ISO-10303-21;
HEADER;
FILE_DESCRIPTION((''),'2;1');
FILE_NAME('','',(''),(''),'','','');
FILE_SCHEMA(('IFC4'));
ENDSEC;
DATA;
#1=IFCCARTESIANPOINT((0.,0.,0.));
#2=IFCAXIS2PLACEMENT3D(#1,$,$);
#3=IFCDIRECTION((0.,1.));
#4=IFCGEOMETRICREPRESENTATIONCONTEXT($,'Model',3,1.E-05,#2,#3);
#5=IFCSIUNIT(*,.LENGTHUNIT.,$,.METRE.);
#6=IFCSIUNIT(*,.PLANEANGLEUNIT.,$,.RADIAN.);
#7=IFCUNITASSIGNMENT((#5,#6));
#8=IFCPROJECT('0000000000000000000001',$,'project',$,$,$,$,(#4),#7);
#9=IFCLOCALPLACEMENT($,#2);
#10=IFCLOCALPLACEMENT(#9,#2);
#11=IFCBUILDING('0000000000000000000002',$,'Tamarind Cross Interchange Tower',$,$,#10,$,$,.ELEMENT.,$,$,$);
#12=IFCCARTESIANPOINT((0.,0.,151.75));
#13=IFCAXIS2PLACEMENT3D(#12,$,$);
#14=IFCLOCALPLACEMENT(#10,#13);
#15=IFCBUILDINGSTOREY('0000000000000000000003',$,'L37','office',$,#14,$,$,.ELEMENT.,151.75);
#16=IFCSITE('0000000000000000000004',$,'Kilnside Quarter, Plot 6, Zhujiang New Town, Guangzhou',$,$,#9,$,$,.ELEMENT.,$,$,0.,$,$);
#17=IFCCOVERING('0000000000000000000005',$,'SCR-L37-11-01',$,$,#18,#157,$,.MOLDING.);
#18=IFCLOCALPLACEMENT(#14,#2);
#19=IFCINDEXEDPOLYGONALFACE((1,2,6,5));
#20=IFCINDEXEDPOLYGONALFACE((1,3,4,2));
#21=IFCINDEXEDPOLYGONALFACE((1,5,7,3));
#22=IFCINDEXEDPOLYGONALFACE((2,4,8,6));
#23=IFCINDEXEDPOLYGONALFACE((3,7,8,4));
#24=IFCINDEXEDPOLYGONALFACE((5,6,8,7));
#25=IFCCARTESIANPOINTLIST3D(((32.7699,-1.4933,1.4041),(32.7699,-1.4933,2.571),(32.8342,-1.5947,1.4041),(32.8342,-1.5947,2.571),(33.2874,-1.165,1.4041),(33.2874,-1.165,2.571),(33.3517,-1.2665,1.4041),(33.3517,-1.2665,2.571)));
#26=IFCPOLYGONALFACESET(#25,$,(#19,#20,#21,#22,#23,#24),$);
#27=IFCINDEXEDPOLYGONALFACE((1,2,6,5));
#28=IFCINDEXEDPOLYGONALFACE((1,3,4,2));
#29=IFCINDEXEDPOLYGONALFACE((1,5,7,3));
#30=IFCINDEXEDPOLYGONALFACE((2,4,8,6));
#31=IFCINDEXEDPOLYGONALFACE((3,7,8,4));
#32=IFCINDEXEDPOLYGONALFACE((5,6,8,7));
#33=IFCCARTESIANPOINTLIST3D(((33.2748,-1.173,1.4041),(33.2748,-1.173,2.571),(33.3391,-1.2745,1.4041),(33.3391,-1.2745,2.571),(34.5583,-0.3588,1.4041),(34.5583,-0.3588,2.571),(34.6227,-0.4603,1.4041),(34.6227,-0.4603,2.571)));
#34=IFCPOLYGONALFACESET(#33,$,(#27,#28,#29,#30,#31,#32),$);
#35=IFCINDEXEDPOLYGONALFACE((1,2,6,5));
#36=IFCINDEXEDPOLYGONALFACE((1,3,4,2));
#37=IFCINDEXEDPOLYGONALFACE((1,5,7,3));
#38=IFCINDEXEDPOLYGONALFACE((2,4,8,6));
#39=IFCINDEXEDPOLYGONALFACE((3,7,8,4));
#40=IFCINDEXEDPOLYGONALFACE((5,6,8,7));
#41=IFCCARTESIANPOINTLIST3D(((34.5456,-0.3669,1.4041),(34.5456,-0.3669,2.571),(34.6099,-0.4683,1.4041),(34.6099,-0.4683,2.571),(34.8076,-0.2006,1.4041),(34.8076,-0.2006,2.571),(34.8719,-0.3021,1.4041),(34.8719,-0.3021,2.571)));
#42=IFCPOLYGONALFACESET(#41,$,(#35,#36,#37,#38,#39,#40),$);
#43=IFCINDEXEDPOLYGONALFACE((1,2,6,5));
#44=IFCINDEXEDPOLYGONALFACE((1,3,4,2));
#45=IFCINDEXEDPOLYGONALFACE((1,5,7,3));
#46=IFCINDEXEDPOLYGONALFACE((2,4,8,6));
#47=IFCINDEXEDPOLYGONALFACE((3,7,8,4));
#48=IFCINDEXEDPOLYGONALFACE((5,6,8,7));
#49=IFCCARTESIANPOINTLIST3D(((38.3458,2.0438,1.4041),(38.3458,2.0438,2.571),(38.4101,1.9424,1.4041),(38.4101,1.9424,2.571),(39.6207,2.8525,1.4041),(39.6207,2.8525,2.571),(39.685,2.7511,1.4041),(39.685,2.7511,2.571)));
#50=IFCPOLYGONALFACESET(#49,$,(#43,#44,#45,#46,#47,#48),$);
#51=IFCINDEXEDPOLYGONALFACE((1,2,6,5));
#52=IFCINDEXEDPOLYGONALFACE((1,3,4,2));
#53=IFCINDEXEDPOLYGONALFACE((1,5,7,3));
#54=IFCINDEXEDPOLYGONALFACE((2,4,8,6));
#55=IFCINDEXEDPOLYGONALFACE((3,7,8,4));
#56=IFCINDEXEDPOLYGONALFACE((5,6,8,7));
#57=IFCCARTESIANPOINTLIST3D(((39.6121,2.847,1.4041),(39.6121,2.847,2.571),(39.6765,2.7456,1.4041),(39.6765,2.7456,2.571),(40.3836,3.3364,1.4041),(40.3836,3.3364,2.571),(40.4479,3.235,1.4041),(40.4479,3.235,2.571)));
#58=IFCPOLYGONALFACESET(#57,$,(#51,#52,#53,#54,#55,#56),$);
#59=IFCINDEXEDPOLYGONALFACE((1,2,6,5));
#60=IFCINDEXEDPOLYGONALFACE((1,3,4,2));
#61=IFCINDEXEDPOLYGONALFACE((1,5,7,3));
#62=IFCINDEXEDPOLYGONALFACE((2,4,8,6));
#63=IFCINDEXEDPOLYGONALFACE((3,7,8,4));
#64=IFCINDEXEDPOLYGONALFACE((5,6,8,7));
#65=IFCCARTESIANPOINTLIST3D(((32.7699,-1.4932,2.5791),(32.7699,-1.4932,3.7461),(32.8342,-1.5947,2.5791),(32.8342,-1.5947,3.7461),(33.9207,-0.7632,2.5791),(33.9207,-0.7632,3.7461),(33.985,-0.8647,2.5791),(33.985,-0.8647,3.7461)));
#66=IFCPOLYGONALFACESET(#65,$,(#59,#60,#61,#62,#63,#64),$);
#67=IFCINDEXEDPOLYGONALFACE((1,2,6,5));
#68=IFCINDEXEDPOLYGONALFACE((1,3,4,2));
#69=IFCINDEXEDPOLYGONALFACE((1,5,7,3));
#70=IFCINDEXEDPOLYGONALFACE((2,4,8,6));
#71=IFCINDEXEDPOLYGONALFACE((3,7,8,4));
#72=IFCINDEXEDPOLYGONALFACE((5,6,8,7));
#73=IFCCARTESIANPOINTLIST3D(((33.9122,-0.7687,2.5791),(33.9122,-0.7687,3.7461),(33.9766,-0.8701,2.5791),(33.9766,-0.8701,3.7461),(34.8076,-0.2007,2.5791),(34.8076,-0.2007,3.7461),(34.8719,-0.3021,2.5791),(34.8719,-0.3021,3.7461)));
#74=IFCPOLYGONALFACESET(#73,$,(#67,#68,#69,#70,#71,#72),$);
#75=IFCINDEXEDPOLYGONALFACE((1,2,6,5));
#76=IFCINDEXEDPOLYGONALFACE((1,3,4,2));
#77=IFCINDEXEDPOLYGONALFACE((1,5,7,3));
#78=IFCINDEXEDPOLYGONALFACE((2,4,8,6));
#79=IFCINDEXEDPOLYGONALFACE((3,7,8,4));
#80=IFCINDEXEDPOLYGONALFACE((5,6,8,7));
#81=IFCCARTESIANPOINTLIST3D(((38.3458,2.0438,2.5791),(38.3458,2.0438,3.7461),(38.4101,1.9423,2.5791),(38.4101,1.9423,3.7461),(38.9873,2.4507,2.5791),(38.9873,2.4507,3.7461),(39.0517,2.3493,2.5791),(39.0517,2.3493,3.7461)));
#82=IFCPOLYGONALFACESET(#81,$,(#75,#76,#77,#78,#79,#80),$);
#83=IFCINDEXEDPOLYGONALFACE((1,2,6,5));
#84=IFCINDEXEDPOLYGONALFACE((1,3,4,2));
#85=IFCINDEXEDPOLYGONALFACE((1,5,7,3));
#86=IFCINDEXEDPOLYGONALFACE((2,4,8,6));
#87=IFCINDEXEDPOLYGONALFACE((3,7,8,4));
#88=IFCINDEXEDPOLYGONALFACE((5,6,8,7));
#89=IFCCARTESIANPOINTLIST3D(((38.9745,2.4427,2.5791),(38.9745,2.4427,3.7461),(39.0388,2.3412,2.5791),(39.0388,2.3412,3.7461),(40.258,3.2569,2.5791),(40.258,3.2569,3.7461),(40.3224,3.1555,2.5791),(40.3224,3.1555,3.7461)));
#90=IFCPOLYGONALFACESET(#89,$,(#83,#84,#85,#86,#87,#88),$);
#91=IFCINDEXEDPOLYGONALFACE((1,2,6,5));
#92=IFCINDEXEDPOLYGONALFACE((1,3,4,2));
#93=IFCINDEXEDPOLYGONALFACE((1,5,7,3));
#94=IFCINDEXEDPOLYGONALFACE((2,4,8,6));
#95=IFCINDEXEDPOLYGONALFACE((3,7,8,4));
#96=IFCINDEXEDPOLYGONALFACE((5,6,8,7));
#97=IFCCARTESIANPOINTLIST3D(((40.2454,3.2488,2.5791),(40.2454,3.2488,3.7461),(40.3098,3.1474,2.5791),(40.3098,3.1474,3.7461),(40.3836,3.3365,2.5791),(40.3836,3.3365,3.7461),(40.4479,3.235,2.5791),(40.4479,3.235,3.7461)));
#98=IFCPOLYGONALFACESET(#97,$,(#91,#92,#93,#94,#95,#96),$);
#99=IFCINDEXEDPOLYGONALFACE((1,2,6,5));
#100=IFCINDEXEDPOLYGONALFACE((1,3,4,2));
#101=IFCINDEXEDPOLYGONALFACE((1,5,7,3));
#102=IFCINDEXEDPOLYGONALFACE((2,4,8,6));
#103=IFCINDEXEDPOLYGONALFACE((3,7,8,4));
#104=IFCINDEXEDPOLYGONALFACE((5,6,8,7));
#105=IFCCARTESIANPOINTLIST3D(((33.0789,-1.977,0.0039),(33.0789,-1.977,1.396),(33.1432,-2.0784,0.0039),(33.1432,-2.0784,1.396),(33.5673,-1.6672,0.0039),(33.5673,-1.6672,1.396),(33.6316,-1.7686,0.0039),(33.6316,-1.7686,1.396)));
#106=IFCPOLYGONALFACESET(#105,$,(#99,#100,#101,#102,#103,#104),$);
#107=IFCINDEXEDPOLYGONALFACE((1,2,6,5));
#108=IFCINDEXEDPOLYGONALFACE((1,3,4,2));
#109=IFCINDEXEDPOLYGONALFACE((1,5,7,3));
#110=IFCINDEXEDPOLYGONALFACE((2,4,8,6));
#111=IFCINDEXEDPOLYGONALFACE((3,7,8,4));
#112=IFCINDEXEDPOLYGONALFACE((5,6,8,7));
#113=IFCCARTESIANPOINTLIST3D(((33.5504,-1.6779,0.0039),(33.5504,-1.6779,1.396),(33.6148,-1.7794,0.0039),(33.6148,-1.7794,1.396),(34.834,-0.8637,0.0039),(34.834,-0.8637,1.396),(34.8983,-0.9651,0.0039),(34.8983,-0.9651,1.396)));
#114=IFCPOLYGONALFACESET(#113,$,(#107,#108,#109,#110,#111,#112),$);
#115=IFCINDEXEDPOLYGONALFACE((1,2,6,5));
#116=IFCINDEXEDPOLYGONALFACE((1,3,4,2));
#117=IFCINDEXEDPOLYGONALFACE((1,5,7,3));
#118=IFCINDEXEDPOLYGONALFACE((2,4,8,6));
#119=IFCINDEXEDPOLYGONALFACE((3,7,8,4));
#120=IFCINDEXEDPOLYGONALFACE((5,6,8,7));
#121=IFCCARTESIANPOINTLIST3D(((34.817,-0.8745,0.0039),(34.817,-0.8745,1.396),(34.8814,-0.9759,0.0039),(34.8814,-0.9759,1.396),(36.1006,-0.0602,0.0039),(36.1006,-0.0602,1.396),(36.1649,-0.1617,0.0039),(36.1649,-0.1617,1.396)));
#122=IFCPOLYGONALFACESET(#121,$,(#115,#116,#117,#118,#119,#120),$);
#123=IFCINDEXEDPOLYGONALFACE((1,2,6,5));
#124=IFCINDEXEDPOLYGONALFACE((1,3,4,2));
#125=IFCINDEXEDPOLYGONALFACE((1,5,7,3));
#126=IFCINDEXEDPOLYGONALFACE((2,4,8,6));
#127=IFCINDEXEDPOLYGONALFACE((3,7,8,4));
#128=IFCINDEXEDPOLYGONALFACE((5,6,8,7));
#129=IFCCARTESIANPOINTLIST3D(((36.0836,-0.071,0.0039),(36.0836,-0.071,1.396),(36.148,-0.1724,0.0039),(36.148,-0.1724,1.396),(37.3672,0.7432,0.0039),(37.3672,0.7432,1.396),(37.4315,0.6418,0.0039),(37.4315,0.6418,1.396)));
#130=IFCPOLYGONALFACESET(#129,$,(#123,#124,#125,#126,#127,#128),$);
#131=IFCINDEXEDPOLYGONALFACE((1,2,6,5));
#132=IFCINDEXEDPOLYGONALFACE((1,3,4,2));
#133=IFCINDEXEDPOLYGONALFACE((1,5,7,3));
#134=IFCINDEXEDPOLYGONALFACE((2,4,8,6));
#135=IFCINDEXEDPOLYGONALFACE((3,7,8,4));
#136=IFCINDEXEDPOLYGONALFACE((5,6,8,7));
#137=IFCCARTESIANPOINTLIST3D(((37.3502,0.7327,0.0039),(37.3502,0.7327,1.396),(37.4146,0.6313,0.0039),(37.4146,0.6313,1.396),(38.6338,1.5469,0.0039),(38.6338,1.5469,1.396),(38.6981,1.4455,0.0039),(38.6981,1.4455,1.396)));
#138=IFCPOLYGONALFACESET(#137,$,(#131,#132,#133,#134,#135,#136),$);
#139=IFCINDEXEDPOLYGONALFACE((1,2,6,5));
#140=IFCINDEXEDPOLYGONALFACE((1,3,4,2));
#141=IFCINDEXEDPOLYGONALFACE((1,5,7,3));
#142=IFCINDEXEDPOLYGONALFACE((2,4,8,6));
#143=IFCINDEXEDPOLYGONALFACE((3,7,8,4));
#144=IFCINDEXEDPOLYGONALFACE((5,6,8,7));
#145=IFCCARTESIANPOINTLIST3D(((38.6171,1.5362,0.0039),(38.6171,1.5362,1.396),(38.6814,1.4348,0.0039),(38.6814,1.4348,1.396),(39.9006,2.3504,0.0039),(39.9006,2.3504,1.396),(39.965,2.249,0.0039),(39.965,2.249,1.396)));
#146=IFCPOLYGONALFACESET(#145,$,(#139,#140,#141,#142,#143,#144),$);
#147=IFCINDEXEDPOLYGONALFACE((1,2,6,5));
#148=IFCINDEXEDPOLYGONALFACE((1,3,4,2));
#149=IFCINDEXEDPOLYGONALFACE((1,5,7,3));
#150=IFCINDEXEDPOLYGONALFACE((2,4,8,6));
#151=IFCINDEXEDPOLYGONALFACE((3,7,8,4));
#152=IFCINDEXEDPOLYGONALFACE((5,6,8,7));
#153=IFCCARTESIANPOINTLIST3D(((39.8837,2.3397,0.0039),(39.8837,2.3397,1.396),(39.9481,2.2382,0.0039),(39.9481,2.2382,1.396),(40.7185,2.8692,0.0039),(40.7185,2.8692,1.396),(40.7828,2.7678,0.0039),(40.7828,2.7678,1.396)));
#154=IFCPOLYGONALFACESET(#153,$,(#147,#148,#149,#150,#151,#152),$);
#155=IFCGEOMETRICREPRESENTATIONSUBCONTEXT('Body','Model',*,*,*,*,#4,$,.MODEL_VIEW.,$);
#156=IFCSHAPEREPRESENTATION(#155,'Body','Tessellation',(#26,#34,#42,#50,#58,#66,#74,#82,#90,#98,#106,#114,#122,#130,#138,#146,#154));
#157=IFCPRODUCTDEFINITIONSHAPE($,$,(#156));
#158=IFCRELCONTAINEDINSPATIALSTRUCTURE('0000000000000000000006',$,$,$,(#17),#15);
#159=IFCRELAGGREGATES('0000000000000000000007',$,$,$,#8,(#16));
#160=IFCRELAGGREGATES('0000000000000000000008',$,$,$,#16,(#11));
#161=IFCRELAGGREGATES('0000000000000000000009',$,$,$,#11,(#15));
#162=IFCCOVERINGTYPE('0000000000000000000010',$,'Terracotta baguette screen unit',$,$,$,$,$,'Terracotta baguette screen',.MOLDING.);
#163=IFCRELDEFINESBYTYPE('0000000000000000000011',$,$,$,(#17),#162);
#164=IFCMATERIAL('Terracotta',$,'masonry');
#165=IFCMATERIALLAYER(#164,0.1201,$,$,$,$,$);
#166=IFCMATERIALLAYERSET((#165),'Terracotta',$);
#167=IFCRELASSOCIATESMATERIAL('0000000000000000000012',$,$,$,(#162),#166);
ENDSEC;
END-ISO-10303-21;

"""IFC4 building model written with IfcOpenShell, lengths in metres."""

from ifc_helpers import new_model, si_unit, direction, frame, origin, origin_2d, place, context, subcontext, project, spatial, rectangle, extrude, material, layer, layer_set, type_object, element, save


model = new_model("IFC4")

# Units and contexts
model_context = context("Model", 3, precision=1e-05, world=origin(), true_north=direction((0.0, 1.0)))
body_context = subcontext(model_context, "Body", "Model", "MODEL_VIEW")
ifc_project = project(units=[si_unit("LENGTHUNIT", "METRE"), si_unit("PLANEANGLEUNIT", "RADIAN")], contexts=[model_context])

# Site, building, storey
site_placement = place(None, origin())
site = spatial("IfcSite", under=ifc_project, at=site_placement, Name="Kilnside Quarter, Plot 6, Zhujiang New Town, Guangzhou", CompositionType="ELEMENT", RefElevation=0.0)
building_placement = place(site_placement, origin())
building = spatial("IfcBuilding", under=site, at=building_placement, Name="Tamarind Cross Interchange Tower", CompositionType="ELEMENT")
storey_placement = place(building_placement, frame((0.0, 0.0, 151.75)))
storey = spatial("IfcBuildingStorey", under=building, at=storey_placement, Name="L37", Description="office", CompositionType="ELEMENT", Elevation=151.75)

# Covering
ifc_material_1 = material(Name="Terracotta", Category="masonry")
ifc_layer_1 = layer(ifc_material_1, 0.1201)
ifc_layer_set_1 = layer_set([ifc_layer_1], Name="Terracotta")
covering_type = type_object("IfcCoveringType", Name="Terracotta baguette screen unit", ElementType="Terracotta baguette screen", PredefinedType="MOLDING", material=ifc_layer_set_1)
covering_1_placement = place(storey_placement, origin())
element("IfcCovering", 1, at=covering_1_placement, inside=storey, type_object=covering_type, Name="SCR-L37-11-01", PredefinedType="MOLDING", context=body_context, shape_type="SweptSolid", body=[
    extrude(rectangle(XDim=0.6128, YDim=0.1201, at=origin_2d()), frame((33.0608, -1.3799, 1.4041), z_axis=(0.0, 0.0, 1.0), x_axis=(0.844433, 0.535662, 0.0)), (0.0, 0.0, 1.0), 1.167),
    extrude(rectangle(XDim=1.52, YDim=0.1201, at=origin_2d()), frame((33.9487, -0.8167, 1.4041), z_axis=(0.0, 0.0, 1.0), x_axis=(0.844433, 0.535662, 0.0)), (0.0, 0.0, 1.0), 1.167),
    extrude(rectangle(XDim=0.3103, YDim=0.1201, at=origin_2d()), frame((34.7087, -0.3345, 1.4041), z_axis=(0.0, 0.0, 1.0), x_axis=(0.844433, 0.535662, 0.0)), (0.0, 0.0, 1.0), 1.167),
    extrude(rectangle(XDim=1.5098, YDim=0.1201, at=origin_2d()), frame((39.0154, 2.3975, 1.4041), z_axis=(0.0, 0.0, 1.0), x_axis=(0.844433, 0.535662, 0.0)), (0.0, 0.0, 1.0), 1.167),
    extrude(rectangle(XDim=0.9136, YDim=0.1201, at=origin_2d()), frame((40.03, 3.041, 1.4041), z_axis=(0.0, 0.0, 1.0), x_axis=(0.844433, 0.535662, 0.0)), (0.0, 0.0, 1.0), 1.167),
    extrude(rectangle(XDim=1.3628, YDim=0.1201, at=origin_2d()), frame((33.3774, -1.179, 2.5791), z_axis=(0.0, 0.0, 1.0), x_axis=(0.844433, 0.535662, 0.0)), (0.0, 0.0, 1.0), 1.167),
    extrude(rectangle(XDim=1.0603, YDim=0.1201, at=origin_2d()), frame((34.3921, -0.5354, 2.5791), z_axis=(0.0, 0.0, 1.0), x_axis=(0.844433, 0.535662, 0.0)), (0.0, 0.0, 1.0), 1.167),
    extrude(rectangle(XDim=0.7598, YDim=0.1201, at=origin_2d()), frame((38.6987, 2.1965, 2.5791), z_axis=(0.0, 0.0, 1.0), x_axis=(0.844433, 0.535662, 0.0)), (0.0, 0.0, 1.0), 1.167),
    extrude(rectangle(XDim=1.52, YDim=0.1201, at=origin_2d()), frame((39.6484, 2.7991, 2.5791), z_axis=(0.0, 0.0, 1.0), x_axis=(0.844433, 0.535662, 0.0)), (0.0, 0.0, 1.0), 1.167),
    extrude(rectangle(XDim=0.1636, YDim=0.1201, at=origin_2d()), frame((40.3467, 3.2419, 2.5791), z_axis=(0.0, 0.0, 1.0), x_axis=(0.844433, 0.535662, 0.0)), (0.0, 0.0, 1.0), 1.167),
    extrude(rectangle(XDim=0.5784, YDim=0.1201, at=origin_2d()), frame((33.3552, -1.8728, 0.0039), z_axis=(0.0, 0.0, 1.0), x_axis=(0.844433, 0.535662, 0.0)), (0.0, 0.0, 1.0), 1.3921),
    extrude(rectangle(XDim=1.52, YDim=0.1201, at=origin_2d()), frame((34.2244, -1.3215, 0.0039), z_axis=(0.0, 0.0, 1.0), x_axis=(0.844433, 0.535662, 0.0)), (0.0, 0.0, 1.0), 1.3921),
    extrude(rectangle(XDim=1.52, YDim=0.1201, at=origin_2d()), frame((35.491, -0.5181, 0.0039), z_axis=(0.0, 0.0, 1.0), x_axis=(0.844433, 0.535662, 0.0)), (0.0, 0.0, 1.0), 1.3921),
    extrude(rectangle(XDim=1.52, YDim=0.1201, at=origin_2d()), frame((36.7576, 0.2854, 0.0039), z_axis=(0.0, 0.0, 1.0), x_axis=(0.844433, 0.535662, 0.0)), (0.0, 0.0, 1.0), 1.3921),
    extrude(rectangle(XDim=1.52, YDim=0.1201, at=origin_2d()), frame((38.0242, 1.0891, 0.0039), z_axis=(0.0, 0.0, 1.0), x_axis=(0.844433, 0.535662, 0.0)), (0.0, 0.0, 1.0), 1.3921),
    extrude(rectangle(XDim=1.52, YDim=0.1201, at=origin_2d()), frame((39.291, 1.8926, 0.0039), z_axis=(0.0, 0.0, 1.0), x_axis=(0.844433, 0.535662, 0.0)), (0.0, 0.0, 1.0), 1.3921),
    extrude(rectangle(XDim=0.9885, YDim=0.1201, at=origin_2d()), frame((40.3333, 2.5537, 0.0039), z_axis=(0.0, 0.0, 1.0), x_axis=(0.844433, 0.535662, 0.0)), (0.0, 0.0, 1.0), 1.3921),
])

save(model, "model.ifc")
